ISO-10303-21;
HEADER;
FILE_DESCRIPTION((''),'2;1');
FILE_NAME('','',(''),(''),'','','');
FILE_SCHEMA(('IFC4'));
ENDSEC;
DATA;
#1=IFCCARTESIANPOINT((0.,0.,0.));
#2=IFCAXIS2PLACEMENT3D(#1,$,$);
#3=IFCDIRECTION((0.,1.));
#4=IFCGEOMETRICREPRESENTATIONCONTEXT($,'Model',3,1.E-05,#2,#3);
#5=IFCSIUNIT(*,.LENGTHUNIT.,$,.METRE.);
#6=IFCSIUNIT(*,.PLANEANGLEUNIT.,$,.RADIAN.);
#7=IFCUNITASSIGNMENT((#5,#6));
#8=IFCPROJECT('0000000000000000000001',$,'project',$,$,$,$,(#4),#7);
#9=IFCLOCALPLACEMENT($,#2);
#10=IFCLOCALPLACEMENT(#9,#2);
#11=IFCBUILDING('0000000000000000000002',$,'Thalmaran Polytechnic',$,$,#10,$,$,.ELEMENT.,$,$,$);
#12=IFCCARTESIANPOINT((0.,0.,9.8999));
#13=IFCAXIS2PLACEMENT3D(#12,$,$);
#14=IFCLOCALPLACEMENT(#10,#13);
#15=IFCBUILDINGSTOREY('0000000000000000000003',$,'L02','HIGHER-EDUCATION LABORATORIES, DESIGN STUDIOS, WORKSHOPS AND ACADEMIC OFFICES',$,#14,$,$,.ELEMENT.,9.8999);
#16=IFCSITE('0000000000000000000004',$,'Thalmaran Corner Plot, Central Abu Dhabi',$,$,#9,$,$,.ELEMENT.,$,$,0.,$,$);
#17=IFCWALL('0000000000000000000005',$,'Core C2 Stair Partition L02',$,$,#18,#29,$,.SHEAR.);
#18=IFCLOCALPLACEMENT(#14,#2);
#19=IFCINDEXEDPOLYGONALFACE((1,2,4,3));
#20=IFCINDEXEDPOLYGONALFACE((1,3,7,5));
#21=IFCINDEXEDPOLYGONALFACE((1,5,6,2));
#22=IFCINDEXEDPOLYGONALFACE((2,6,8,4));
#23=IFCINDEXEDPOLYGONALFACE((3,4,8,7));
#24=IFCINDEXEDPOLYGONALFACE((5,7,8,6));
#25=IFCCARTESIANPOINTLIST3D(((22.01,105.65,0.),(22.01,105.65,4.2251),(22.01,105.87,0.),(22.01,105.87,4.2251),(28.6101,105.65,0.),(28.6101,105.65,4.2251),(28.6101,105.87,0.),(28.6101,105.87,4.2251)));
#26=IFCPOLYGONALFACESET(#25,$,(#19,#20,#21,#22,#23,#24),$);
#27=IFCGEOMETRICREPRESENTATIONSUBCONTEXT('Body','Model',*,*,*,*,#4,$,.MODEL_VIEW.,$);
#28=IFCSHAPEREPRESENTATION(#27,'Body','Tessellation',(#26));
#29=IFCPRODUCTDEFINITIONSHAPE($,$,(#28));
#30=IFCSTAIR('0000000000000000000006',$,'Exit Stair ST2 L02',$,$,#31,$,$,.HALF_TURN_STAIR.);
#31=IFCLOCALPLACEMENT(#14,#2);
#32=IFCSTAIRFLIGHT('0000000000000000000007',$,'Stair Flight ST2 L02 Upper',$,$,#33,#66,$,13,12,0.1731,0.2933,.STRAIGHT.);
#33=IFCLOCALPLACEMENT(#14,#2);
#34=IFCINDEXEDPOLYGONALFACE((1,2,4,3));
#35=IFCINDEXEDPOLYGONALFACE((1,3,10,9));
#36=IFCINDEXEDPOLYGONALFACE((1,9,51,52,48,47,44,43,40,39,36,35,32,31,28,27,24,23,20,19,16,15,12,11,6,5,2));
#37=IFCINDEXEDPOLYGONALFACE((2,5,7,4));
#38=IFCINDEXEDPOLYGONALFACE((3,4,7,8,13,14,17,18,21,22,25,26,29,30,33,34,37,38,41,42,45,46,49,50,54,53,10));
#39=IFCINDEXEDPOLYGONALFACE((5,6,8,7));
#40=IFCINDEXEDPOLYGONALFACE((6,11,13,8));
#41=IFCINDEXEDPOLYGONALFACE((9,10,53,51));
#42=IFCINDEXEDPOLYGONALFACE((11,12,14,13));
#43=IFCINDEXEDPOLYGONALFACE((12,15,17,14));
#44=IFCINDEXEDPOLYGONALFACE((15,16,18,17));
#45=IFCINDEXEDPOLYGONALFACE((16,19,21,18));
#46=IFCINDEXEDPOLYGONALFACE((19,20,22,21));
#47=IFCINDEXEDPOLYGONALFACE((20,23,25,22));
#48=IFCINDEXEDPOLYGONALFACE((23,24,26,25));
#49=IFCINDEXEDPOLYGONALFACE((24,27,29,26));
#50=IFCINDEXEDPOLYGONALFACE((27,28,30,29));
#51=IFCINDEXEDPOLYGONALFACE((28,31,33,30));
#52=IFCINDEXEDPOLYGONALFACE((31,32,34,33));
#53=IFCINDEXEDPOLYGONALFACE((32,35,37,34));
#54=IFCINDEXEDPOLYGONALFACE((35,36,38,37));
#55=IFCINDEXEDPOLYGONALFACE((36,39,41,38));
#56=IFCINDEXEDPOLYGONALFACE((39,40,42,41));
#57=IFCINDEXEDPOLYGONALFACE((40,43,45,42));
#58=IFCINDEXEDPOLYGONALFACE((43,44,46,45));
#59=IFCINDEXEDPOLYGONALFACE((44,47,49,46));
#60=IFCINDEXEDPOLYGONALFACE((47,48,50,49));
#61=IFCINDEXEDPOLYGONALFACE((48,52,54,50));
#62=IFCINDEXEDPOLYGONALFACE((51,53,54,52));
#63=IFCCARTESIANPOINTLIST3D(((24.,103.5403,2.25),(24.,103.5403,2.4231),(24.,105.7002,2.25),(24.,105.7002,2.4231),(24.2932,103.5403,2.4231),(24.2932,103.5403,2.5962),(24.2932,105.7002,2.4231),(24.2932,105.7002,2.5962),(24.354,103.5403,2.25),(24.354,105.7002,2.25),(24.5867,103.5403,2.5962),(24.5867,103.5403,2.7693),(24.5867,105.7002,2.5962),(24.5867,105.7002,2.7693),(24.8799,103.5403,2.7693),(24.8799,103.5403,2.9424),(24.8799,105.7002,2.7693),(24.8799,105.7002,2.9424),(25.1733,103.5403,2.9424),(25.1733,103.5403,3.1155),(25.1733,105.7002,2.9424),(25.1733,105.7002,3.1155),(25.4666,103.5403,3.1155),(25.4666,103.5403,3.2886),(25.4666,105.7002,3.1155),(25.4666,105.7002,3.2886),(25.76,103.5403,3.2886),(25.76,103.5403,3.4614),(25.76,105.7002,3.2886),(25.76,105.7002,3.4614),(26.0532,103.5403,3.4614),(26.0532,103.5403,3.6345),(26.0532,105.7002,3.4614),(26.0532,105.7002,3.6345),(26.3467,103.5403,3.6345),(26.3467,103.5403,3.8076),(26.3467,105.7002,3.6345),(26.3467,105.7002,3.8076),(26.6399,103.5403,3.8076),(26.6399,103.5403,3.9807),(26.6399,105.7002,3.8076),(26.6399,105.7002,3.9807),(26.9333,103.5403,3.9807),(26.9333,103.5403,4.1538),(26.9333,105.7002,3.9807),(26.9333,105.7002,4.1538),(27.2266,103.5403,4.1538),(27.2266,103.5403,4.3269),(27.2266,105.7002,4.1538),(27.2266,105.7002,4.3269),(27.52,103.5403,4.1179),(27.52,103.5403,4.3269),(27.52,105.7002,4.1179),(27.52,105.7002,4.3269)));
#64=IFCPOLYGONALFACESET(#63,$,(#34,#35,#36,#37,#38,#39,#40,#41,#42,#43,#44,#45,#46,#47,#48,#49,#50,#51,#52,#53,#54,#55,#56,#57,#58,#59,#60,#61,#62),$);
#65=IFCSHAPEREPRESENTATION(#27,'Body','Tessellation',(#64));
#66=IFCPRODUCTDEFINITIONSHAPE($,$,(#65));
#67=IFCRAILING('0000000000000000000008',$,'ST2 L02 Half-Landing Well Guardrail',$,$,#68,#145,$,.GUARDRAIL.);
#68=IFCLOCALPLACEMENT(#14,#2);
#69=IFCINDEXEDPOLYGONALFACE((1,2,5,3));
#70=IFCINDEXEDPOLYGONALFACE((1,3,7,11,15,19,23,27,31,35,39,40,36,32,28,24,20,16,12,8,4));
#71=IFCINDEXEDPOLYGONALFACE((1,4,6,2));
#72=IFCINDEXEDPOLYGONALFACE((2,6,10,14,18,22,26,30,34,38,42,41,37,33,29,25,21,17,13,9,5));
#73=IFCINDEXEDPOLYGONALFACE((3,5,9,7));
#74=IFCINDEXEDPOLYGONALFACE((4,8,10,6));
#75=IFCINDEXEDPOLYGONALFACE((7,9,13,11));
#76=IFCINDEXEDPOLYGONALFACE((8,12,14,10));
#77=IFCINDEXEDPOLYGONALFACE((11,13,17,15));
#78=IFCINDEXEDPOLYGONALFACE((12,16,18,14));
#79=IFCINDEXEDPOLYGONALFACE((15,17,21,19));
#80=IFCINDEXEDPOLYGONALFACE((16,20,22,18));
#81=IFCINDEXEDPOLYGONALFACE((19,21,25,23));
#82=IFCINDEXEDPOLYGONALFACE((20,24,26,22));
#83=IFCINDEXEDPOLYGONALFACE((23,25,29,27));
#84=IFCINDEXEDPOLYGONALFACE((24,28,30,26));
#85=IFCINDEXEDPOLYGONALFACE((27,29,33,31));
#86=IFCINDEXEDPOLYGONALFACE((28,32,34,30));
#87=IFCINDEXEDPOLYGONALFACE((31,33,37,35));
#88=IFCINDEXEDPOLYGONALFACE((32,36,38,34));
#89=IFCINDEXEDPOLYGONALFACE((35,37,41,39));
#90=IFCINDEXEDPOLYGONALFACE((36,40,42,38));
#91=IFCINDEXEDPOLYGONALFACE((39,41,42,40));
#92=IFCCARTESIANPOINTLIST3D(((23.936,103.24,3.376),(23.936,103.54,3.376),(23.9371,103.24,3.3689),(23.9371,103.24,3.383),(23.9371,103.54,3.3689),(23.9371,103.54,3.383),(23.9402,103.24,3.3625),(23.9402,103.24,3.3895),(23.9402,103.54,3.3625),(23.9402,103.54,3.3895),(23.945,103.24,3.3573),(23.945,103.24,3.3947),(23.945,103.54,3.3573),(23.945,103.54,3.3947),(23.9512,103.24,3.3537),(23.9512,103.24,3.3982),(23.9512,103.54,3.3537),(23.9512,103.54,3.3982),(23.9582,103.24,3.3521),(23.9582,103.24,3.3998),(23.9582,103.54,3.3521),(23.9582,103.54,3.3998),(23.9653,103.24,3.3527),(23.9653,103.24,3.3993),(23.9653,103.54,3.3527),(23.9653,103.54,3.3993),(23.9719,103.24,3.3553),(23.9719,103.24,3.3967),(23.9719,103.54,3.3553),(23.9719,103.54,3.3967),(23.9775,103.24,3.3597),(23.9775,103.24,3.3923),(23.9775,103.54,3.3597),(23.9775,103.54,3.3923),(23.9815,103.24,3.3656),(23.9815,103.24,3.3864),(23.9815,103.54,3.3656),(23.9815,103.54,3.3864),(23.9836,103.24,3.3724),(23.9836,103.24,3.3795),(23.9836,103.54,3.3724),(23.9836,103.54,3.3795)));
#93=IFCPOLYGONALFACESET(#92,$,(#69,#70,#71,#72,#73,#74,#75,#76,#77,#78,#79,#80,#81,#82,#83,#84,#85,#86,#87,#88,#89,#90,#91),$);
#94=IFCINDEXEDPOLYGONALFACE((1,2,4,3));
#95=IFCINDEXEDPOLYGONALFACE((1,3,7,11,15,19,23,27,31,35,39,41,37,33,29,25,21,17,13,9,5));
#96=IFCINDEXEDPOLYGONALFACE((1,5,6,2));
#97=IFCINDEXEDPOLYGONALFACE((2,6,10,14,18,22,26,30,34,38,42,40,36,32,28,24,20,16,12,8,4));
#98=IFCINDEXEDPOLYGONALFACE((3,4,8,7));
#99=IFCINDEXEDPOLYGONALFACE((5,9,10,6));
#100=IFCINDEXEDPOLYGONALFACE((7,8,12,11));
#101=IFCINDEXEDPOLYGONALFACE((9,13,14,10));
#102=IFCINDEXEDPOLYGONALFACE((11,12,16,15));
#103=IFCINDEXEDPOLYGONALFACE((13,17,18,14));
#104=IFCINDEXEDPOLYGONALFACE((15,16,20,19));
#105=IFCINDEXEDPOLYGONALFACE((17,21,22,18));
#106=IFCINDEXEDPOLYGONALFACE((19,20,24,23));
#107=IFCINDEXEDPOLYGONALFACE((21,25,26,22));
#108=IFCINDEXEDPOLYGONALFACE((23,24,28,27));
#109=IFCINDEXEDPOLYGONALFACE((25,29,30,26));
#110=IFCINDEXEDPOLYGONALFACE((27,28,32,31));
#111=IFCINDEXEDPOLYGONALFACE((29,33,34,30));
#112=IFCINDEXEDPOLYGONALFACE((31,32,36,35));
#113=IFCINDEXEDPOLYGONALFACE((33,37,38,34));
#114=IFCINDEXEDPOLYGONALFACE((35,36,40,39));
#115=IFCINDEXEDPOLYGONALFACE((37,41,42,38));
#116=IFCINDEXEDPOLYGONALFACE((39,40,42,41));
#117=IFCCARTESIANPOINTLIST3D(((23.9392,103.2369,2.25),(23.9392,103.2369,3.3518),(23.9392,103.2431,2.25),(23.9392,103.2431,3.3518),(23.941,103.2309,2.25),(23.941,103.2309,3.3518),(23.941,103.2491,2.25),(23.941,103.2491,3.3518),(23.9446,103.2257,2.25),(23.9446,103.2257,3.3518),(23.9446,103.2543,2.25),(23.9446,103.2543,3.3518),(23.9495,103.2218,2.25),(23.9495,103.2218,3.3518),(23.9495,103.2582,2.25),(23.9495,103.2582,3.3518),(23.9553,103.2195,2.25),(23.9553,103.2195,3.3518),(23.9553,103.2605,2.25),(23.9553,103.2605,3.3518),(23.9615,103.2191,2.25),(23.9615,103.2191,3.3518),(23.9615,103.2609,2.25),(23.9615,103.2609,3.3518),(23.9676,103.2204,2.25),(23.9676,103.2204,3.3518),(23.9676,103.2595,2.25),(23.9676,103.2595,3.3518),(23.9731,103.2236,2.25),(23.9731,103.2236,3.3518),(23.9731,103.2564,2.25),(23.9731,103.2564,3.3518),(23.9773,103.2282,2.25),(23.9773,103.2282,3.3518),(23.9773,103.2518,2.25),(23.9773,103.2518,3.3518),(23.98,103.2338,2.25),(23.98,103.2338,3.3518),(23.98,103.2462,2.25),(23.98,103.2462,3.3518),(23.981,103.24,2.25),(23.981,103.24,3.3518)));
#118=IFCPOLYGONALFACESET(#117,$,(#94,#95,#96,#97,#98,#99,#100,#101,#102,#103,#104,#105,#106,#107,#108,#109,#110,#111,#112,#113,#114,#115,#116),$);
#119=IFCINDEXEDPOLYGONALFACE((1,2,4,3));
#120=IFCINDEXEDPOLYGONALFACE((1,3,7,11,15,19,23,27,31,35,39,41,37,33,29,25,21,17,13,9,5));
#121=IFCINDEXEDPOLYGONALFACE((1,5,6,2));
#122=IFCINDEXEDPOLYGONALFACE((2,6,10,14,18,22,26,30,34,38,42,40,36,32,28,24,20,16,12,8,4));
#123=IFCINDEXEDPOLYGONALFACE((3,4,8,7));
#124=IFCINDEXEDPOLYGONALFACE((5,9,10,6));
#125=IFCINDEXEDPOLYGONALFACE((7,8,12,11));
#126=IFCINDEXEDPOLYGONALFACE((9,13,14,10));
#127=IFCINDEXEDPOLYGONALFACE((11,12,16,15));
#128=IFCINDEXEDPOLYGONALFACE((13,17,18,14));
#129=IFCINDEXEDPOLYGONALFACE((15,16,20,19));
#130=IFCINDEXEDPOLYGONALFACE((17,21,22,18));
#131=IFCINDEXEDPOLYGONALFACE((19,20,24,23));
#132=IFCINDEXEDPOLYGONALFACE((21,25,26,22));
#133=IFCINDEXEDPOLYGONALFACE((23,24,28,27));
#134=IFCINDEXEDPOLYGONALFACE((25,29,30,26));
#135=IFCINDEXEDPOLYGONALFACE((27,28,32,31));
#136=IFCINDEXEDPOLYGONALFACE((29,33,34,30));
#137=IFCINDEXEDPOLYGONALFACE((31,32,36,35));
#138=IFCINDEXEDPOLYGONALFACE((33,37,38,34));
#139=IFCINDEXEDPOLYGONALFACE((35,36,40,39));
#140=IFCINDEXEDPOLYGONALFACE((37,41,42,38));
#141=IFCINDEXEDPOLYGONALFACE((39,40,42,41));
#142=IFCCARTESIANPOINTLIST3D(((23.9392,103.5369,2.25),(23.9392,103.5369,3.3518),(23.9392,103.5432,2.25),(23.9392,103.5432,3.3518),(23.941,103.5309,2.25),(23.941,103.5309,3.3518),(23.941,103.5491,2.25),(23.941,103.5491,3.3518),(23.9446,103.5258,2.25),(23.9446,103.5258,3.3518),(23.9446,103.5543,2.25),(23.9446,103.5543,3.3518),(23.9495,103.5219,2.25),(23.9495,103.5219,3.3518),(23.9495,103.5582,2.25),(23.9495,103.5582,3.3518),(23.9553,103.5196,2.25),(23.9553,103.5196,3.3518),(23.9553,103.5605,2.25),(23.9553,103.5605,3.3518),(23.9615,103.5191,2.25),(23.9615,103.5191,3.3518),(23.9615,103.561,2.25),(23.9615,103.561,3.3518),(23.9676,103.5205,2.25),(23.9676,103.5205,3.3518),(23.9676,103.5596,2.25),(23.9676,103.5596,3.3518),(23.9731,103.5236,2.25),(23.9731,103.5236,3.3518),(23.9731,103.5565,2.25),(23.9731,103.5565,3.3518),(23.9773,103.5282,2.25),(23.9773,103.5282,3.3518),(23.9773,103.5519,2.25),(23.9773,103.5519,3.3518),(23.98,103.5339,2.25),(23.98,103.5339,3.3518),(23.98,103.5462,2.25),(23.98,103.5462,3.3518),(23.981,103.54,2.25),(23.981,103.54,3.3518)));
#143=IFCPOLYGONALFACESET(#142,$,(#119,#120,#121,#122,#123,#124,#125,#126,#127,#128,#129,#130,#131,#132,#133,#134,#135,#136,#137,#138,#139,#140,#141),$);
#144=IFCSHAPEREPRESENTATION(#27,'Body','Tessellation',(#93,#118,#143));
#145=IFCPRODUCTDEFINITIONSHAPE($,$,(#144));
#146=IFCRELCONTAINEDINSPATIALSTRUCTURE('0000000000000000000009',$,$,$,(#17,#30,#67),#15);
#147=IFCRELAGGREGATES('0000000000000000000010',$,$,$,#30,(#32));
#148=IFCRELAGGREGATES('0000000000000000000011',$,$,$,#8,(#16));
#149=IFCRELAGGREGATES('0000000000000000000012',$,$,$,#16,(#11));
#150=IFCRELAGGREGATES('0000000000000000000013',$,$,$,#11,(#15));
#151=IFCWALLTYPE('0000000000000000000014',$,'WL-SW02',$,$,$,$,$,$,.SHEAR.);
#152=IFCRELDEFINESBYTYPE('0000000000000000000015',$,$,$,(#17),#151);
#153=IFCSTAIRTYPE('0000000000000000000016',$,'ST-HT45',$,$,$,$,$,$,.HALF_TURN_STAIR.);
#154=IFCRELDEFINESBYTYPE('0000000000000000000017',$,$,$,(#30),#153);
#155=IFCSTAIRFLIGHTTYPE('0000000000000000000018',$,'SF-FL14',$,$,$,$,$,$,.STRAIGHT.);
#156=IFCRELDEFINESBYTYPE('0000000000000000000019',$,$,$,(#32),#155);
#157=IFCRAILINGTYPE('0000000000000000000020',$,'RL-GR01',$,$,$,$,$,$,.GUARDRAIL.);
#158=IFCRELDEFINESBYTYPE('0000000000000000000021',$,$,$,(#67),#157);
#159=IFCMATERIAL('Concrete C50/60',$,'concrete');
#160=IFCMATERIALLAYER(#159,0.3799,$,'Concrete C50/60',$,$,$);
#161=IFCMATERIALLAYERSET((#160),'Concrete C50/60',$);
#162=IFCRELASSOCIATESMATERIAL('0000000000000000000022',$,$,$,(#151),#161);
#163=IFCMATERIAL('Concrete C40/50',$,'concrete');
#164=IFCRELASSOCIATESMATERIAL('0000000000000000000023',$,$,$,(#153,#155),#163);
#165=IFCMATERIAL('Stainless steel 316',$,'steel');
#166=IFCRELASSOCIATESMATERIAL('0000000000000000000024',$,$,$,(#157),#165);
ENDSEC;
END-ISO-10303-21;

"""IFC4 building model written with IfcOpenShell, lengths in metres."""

from ifc_helpers import new_model, si_unit, direction, frame, frame_2d, origin, origin_2d, place, context, subcontext, project, spatial, polyline, rectangle, circle, outline, extrude, material, layer, layer_set, type_object, element, aggregate, save


model = new_model("IFC4")

# Units and contexts
model_context = context("Model", 3, precision=1e-05, world=origin(), true_north=direction((0.0, 1.0)))
body_context = subcontext(model_context, "Body", "Model", "MODEL_VIEW")
ifc_project = project(units=[si_unit("LENGTHUNIT", "METRE"), si_unit("PLANEANGLEUNIT", "RADIAN")], contexts=[model_context])

# Site, building, storey
site_placement = place(None, origin())
site = spatial("IfcSite", under=ifc_project, at=site_placement, Name="Thalmaran Corner Plot, Central Abu Dhabi", CompositionType="ELEMENT", RefElevation=0.0)
building_placement = place(site_placement, origin())
building = spatial("IfcBuilding", under=site, at=building_placement, Name="Thalmaran Polytechnic", CompositionType="ELEMENT")
storey_placement = place(building_placement, frame((0.0, 0.0, 9.8999)))
storey = spatial("IfcBuildingStorey", under=building, at=storey_placement, Name="L02", Description="HIGHER-EDUCATION LABORATORIES, DESIGN STUDIOS, WORKSHOPS AND ACADEMIC OFFICES", CompositionType="ELEMENT", Elevation=9.8999)

# Shared definitions
ifc_material_1 = material(Name="Concrete C40/50", Category="concrete")
ifc_material_2 = material(Name="Concrete C50/60", Category="concrete")

# Shared definitions
ifc_layer_1 = layer(ifc_material_2, 0.3799, Name="Concrete C50/60")
ifc_layer_set_1 = layer_set([ifc_layer_1], Name="Concrete C50/60")
wall_type_1 = type_object("IfcWallType", Name="WL-SW02", PredefinedType="SHEAR", material=ifc_layer_set_1)

# Wall
wall_1_placement = place(storey_placement, frame((22.01, 105.76, 0.0), z_axis=(0.0, 0.0, 1.0), x_axis=(1.0, 0.0, 0.0)))
element("IfcWall", 1, at=wall_1_placement, inside=storey, type_object=wall_type_1, Name="Core C2 Stair Partition L02", PredefinedType="SHEAR", context=body_context, shape_type="SweptSolid", body=[
    extrude(rectangle(XDim=6.6001, YDim=0.22, at=frame_2d((3.3, 0.0))), origin(), (0.0, 0.0, 1.0), 4.2251),
])

# Stair, stair flight
stair_type = type_object("IfcStairType", Name="ST-HT45", PredefinedType="HALF_TURN_STAIR", material=ifc_material_1)
stair_placement = place(storey_placement, origin())
stair = element("IfcStair", 2, at=stair_placement, inside=storey, type_object=stair_type, Name="Exit Stair ST2 L02", PredefinedType="HALF_TURN_STAIR")
stair_flight_type = type_object("IfcStairFlightType", Name="SF-FL14", PredefinedType="STRAIGHT", material=ifc_material_1)
stair_flight_placement = place(storey_placement, frame((24.0, 104.6201, 2.25), z_axis=(0.0, 0.0, 1.0), x_axis=(1.0, 0.0, 0.0)))
stair_flight = element("IfcStairFlight", 3, at=stair_flight_placement, type_object=stair_flight_type, Name="Stair Flight ST2 L02 Upper", NumberOfRisers=13, NumberOfTreads=12, PredefinedType="STRAIGHT", RiserHeight=0.1731, TreadLength=0.2933, context=body_context, shape_type="SweptSolid", body=[
    extrude(outline(polyline([(0.0, 0.0), (0.0, 0.1731), (0.2932, 0.1731), (0.2932, 0.3462), (0.5867, 0.3462), (0.5867, 0.5193), (0.8799, 0.5193), (0.8799, 0.6924), (1.1733, 0.6924), (1.1733, 0.8655), (1.4666, 0.8655), (1.4666, 1.0386), (1.76, 1.0386), (1.76, 1.2114), (2.0532, 1.2114), (2.0532, 1.3845), (2.3467, 1.3845), (2.3467, 1.5576), (2.6399, 1.5576), (2.6399, 1.7307), (2.9333, 1.7307), (2.9333, 1.9038), (3.2266, 1.9038), (3.2266, 2.0769), (3.52, 2.0769), (3.52, 2.25), (3.52, 1.8679), (0.354, 0.0), (0.0, 0.0)])), frame((0.0, 1.0801, 0.0), z_axis=(0.0, -1.0, 0.0), x_axis=(1.0, 0.0, 0.0)), (0.0, 0.0, 1.0), 2.1599),
])
aggregate(stair, [stair_flight])

# Railing
ifc_material_3 = material(Name="Stainless steel 316", Category="steel")
railing_type_1 = type_object("IfcRailingType", Name="RL-GR01", PredefinedType="GUARDRAIL", material=ifc_material_3)
railing_1_placement = place(storey_placement, frame((23.96, 103.24, 2.25)))
element("IfcRailing", 4, at=railing_1_placement, inside=storey, type_object=railing_type_1, Name="ST2 L02 Half-Landing Well Guardrail", PredefinedType="GUARDRAIL", context=body_context, shape_type="SweptSolid", body=[
    extrude(circle(Radius=0.0239, at=origin_2d()), frame((0.0, 0.0, 1.126), z_axis=(0.0, 1.0, 0.0), x_axis=(-1.0, 0.0, 0.0)), (0.0, 0.0, 1.0), 0.3),
    extrude(circle(Radius=0.021, at=origin_2d()), origin(), (0.0, 0.0, 1.0), 1.1018),
    extrude(circle(Radius=0.021, at=origin_2d()), frame((0.0, 0.3, 0.0)), (0.0, 0.0, 1.0), 1.1018),
])

save(model, "model.ifc")
